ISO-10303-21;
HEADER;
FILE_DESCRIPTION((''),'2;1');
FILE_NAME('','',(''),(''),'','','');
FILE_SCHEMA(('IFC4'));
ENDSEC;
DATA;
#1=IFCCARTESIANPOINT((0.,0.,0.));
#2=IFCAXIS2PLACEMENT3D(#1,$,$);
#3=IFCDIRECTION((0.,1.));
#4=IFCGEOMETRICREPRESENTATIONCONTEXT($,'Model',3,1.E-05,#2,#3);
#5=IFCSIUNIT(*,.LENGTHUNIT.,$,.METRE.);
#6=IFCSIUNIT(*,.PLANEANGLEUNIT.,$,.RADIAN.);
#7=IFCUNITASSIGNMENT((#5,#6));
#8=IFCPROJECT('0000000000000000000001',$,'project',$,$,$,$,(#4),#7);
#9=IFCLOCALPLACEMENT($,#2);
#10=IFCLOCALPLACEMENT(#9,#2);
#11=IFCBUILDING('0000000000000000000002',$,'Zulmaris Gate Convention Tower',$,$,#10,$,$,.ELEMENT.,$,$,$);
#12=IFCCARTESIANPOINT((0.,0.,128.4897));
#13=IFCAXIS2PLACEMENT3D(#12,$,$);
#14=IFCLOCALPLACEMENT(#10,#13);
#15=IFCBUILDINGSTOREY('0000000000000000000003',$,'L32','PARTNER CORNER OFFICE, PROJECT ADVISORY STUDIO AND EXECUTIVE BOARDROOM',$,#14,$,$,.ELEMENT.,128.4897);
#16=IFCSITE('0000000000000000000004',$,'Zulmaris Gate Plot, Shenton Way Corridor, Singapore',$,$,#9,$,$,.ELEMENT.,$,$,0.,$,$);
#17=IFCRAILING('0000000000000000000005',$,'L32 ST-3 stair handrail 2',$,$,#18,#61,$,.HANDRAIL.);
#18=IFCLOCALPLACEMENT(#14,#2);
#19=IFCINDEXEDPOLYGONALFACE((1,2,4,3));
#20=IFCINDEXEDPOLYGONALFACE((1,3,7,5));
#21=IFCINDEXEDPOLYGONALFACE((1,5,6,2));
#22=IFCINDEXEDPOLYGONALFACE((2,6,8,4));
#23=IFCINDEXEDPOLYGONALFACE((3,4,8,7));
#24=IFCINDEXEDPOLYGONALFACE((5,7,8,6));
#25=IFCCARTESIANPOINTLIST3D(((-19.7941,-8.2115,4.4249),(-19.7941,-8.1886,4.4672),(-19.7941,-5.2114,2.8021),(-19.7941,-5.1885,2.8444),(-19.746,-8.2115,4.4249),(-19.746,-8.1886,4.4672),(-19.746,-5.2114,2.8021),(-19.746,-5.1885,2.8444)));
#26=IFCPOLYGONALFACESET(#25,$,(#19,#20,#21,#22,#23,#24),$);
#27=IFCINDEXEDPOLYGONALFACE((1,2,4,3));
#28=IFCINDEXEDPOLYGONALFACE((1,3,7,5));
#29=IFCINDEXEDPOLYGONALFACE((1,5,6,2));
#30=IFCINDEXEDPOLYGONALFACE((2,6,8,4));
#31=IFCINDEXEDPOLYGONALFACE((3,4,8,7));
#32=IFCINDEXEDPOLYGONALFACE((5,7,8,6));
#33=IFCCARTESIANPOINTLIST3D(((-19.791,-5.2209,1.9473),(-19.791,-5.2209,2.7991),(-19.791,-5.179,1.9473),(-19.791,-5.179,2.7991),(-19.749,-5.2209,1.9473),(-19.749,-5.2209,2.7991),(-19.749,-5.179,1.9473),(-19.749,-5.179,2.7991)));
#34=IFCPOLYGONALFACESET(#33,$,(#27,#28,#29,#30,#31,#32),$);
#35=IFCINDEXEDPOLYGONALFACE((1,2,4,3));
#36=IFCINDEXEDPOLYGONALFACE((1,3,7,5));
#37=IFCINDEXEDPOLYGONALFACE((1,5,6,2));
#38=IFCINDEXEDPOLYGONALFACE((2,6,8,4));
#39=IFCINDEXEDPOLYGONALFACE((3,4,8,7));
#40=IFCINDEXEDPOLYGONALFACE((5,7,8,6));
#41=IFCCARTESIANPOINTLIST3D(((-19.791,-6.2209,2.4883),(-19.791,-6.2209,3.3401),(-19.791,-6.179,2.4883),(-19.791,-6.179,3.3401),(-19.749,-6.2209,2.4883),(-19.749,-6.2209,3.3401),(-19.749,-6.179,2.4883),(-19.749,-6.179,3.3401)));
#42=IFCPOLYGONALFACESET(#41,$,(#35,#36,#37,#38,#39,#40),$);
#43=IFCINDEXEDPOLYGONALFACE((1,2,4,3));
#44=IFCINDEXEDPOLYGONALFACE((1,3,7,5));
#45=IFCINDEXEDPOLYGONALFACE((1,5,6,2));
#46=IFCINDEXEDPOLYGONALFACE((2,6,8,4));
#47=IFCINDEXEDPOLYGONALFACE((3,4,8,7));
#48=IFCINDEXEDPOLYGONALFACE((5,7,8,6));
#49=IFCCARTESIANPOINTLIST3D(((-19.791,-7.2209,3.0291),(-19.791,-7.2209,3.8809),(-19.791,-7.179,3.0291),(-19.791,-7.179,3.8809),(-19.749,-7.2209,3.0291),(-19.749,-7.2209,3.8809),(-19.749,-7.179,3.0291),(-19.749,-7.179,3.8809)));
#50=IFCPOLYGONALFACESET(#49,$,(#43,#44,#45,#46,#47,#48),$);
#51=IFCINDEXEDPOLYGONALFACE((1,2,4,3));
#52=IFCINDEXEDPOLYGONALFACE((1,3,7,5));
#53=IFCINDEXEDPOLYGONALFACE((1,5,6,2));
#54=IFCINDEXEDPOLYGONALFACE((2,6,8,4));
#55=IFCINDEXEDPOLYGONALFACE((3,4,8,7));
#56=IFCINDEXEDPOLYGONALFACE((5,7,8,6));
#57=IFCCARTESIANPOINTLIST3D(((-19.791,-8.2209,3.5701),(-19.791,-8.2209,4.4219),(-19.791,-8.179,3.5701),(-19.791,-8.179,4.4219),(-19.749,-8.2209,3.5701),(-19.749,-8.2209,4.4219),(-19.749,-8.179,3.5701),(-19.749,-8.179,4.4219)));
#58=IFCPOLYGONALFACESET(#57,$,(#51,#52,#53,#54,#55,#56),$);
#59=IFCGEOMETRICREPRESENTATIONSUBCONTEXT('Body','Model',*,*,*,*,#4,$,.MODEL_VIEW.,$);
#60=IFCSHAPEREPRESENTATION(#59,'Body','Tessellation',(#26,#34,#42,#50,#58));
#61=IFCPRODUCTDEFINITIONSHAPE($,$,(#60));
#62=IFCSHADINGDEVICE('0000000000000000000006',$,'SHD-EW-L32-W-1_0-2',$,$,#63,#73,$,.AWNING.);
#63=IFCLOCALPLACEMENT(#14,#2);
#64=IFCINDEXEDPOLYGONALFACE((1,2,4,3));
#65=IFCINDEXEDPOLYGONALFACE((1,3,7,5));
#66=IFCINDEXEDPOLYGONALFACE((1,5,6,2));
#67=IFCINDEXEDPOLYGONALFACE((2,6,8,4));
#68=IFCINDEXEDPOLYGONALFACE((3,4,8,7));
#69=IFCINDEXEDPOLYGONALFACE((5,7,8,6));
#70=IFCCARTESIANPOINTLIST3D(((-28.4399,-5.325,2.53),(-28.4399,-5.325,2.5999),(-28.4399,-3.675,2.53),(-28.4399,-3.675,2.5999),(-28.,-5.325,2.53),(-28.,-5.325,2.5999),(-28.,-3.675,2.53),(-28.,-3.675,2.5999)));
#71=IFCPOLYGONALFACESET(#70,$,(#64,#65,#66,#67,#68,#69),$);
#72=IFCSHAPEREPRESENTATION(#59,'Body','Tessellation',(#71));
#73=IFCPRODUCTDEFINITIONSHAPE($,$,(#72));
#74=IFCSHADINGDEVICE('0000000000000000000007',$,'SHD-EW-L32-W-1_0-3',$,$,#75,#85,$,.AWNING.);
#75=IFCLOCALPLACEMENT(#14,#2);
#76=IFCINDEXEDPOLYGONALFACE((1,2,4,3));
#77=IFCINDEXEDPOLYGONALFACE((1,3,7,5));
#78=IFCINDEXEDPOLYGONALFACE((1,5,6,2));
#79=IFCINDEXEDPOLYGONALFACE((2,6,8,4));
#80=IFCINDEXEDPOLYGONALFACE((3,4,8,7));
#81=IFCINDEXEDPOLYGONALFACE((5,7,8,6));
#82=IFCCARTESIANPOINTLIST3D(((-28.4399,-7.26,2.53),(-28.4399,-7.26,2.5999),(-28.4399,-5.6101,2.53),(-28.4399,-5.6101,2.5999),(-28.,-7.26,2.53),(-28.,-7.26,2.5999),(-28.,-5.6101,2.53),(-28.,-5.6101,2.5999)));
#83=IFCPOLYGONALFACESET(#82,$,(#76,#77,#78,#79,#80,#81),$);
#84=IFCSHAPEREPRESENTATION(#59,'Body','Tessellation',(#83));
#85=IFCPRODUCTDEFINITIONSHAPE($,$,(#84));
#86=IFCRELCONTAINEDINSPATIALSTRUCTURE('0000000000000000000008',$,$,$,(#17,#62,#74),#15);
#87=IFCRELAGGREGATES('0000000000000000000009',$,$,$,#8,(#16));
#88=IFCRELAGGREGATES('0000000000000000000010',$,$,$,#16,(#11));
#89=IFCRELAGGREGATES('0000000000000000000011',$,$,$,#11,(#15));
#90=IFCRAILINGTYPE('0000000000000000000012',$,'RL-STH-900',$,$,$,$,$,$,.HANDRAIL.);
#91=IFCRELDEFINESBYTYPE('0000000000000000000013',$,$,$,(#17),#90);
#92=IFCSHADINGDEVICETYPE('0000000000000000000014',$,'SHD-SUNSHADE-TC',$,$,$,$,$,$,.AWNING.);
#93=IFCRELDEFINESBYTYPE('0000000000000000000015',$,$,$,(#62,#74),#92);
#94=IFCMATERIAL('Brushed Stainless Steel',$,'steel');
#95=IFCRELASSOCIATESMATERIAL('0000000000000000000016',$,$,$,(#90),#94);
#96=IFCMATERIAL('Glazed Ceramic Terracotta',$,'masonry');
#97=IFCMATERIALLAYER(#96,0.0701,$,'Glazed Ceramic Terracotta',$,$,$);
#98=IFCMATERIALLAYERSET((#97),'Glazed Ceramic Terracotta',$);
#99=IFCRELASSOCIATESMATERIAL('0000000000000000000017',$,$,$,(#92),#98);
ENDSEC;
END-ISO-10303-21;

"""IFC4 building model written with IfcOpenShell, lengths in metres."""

from ifc_helpers import new_model, si_unit, direction, frame, frame_2d, origin, origin_2d, place, context, subcontext, project, spatial, rectangle, extrude, material, layer, layer_set, type_object, element, save


model = new_model("IFC4")

# Units and contexts
model_context = context("Model", 3, precision=1e-05, world=origin(), true_north=direction((0.0, 1.0)))
body_context = subcontext(model_context, "Body", "Model", "MODEL_VIEW")
ifc_project = project(units=[si_unit("LENGTHUNIT", "METRE"), si_unit("PLANEANGLEUNIT", "RADIAN")], contexts=[model_context])

# Site, building, storey
site_placement = place(None, origin())
site = spatial("IfcSite", under=ifc_project, at=site_placement, Name="Zulmaris Gate Plot, Shenton Way Corridor, Singapore", CompositionType="ELEMENT", RefElevation=0.0)
building_placement = place(site_placement, origin())
building = spatial("IfcBuilding", under=site, at=building_placement, Name="Zulmaris Gate Convention Tower", CompositionType="ELEMENT")
storey_placement = place(building_placement, frame((0.0, 0.0, 128.4897)))
storey = spatial("IfcBuildingStorey", under=building, at=storey_placement, Name="L32", Description="PARTNER CORNER OFFICE, PROJECT ADVISORY STUDIO AND EXECUTIVE BOARDROOM", CompositionType="ELEMENT", Elevation=128.4897)

# Railing
ifc_material_1 = material(Name="Brushed Stainless Steel", Category="steel")
railing_type = type_object("IfcRailingType", Name="RL-STH-900", PredefinedType="HANDRAIL", material=ifc_material_1)
railing_placement = place(storey_placement, frame((-19.77, -5.2, 1.9473)))
element("IfcRailing", 1, at=railing_placement, inside=storey, type_object=railing_type, Name="L32 ST-3 stair handrail 2", PredefinedType="HANDRAIL", context=body_context, shape_type="SweptSolid", body=[
    extrude(rectangle(XDim=0.0481, YDim=0.0481, at=origin_2d()), frame((0.0, 0.0, 0.876), z_axis=(0.0, -0.879562, 0.475785), x_axis=(1.0, 0.0, 0.0)), (0.0, 0.0, 1.0), 3.4109),
    extrude(rectangle(XDim=0.042, YDim=0.042, at=origin_2d()), origin(), (0.0, 0.0, 1.0), 0.8518),
    extrude(rectangle(XDim=0.042, YDim=0.042, at=origin_2d()), frame((0.0, -1.0, 0.541)), (0.0, 0.0, 1.0), 0.8518),
    extrude(rectangle(XDim=0.042, YDim=0.042, at=origin_2d()), frame((0.0, -2.0, 1.0818)), (0.0, 0.0, 1.0), 0.8518),
    extrude(rectangle(XDim=0.042, YDim=0.042, at=origin_2d()), frame((0.0, -3.0, 1.6228)), (0.0, 0.0, 1.0), 0.8518),
])

# Shading devices
ifc_material_2 = material(Name="Glazed Ceramic Terracotta", Category="masonry")
ifc_layer_1 = layer(ifc_material_2, 0.0701, Name="Glazed Ceramic Terracotta")
ifc_layer_set_1 = layer_set([ifc_layer_1], Name="Glazed Ceramic Terracotta")
shading_device_type = type_object("IfcShadingDeviceType", Name="SHD-SUNSHADE-TC", PredefinedType="AWNING", material=ifc_layer_set_1)
for number, where, z_axis, x_axis, name in (
    (2, (-28.22, -3.675, 2.53), (0.0, 0.0, 1.0), (0.0, -1.0, 0.0), "SHD-EW-L32-W-1_0-2"),
    (3, (-28.22, -5.6101, 2.53), (0.0, 0.0, 1.0), (0.0, -1.0, 0.0), "SHD-EW-L32-W-1_0-3"),
):
    element("IfcShadingDevice", number, at=place(storey_placement, frame(where, z_axis=z_axis, x_axis=x_axis)), inside=storey, type_object=shading_device_type, Name=name, PredefinedType="AWNING", context=body_context, shape_type="SweptSolid", body=[
        extrude(rectangle(XDim=1.6499, YDim=0.4399, at=frame_2d((0.825, 0.0))), origin(), (0.0, 0.0, 1.0), 0.0698),
    ])

save(model, "model.ifc")
